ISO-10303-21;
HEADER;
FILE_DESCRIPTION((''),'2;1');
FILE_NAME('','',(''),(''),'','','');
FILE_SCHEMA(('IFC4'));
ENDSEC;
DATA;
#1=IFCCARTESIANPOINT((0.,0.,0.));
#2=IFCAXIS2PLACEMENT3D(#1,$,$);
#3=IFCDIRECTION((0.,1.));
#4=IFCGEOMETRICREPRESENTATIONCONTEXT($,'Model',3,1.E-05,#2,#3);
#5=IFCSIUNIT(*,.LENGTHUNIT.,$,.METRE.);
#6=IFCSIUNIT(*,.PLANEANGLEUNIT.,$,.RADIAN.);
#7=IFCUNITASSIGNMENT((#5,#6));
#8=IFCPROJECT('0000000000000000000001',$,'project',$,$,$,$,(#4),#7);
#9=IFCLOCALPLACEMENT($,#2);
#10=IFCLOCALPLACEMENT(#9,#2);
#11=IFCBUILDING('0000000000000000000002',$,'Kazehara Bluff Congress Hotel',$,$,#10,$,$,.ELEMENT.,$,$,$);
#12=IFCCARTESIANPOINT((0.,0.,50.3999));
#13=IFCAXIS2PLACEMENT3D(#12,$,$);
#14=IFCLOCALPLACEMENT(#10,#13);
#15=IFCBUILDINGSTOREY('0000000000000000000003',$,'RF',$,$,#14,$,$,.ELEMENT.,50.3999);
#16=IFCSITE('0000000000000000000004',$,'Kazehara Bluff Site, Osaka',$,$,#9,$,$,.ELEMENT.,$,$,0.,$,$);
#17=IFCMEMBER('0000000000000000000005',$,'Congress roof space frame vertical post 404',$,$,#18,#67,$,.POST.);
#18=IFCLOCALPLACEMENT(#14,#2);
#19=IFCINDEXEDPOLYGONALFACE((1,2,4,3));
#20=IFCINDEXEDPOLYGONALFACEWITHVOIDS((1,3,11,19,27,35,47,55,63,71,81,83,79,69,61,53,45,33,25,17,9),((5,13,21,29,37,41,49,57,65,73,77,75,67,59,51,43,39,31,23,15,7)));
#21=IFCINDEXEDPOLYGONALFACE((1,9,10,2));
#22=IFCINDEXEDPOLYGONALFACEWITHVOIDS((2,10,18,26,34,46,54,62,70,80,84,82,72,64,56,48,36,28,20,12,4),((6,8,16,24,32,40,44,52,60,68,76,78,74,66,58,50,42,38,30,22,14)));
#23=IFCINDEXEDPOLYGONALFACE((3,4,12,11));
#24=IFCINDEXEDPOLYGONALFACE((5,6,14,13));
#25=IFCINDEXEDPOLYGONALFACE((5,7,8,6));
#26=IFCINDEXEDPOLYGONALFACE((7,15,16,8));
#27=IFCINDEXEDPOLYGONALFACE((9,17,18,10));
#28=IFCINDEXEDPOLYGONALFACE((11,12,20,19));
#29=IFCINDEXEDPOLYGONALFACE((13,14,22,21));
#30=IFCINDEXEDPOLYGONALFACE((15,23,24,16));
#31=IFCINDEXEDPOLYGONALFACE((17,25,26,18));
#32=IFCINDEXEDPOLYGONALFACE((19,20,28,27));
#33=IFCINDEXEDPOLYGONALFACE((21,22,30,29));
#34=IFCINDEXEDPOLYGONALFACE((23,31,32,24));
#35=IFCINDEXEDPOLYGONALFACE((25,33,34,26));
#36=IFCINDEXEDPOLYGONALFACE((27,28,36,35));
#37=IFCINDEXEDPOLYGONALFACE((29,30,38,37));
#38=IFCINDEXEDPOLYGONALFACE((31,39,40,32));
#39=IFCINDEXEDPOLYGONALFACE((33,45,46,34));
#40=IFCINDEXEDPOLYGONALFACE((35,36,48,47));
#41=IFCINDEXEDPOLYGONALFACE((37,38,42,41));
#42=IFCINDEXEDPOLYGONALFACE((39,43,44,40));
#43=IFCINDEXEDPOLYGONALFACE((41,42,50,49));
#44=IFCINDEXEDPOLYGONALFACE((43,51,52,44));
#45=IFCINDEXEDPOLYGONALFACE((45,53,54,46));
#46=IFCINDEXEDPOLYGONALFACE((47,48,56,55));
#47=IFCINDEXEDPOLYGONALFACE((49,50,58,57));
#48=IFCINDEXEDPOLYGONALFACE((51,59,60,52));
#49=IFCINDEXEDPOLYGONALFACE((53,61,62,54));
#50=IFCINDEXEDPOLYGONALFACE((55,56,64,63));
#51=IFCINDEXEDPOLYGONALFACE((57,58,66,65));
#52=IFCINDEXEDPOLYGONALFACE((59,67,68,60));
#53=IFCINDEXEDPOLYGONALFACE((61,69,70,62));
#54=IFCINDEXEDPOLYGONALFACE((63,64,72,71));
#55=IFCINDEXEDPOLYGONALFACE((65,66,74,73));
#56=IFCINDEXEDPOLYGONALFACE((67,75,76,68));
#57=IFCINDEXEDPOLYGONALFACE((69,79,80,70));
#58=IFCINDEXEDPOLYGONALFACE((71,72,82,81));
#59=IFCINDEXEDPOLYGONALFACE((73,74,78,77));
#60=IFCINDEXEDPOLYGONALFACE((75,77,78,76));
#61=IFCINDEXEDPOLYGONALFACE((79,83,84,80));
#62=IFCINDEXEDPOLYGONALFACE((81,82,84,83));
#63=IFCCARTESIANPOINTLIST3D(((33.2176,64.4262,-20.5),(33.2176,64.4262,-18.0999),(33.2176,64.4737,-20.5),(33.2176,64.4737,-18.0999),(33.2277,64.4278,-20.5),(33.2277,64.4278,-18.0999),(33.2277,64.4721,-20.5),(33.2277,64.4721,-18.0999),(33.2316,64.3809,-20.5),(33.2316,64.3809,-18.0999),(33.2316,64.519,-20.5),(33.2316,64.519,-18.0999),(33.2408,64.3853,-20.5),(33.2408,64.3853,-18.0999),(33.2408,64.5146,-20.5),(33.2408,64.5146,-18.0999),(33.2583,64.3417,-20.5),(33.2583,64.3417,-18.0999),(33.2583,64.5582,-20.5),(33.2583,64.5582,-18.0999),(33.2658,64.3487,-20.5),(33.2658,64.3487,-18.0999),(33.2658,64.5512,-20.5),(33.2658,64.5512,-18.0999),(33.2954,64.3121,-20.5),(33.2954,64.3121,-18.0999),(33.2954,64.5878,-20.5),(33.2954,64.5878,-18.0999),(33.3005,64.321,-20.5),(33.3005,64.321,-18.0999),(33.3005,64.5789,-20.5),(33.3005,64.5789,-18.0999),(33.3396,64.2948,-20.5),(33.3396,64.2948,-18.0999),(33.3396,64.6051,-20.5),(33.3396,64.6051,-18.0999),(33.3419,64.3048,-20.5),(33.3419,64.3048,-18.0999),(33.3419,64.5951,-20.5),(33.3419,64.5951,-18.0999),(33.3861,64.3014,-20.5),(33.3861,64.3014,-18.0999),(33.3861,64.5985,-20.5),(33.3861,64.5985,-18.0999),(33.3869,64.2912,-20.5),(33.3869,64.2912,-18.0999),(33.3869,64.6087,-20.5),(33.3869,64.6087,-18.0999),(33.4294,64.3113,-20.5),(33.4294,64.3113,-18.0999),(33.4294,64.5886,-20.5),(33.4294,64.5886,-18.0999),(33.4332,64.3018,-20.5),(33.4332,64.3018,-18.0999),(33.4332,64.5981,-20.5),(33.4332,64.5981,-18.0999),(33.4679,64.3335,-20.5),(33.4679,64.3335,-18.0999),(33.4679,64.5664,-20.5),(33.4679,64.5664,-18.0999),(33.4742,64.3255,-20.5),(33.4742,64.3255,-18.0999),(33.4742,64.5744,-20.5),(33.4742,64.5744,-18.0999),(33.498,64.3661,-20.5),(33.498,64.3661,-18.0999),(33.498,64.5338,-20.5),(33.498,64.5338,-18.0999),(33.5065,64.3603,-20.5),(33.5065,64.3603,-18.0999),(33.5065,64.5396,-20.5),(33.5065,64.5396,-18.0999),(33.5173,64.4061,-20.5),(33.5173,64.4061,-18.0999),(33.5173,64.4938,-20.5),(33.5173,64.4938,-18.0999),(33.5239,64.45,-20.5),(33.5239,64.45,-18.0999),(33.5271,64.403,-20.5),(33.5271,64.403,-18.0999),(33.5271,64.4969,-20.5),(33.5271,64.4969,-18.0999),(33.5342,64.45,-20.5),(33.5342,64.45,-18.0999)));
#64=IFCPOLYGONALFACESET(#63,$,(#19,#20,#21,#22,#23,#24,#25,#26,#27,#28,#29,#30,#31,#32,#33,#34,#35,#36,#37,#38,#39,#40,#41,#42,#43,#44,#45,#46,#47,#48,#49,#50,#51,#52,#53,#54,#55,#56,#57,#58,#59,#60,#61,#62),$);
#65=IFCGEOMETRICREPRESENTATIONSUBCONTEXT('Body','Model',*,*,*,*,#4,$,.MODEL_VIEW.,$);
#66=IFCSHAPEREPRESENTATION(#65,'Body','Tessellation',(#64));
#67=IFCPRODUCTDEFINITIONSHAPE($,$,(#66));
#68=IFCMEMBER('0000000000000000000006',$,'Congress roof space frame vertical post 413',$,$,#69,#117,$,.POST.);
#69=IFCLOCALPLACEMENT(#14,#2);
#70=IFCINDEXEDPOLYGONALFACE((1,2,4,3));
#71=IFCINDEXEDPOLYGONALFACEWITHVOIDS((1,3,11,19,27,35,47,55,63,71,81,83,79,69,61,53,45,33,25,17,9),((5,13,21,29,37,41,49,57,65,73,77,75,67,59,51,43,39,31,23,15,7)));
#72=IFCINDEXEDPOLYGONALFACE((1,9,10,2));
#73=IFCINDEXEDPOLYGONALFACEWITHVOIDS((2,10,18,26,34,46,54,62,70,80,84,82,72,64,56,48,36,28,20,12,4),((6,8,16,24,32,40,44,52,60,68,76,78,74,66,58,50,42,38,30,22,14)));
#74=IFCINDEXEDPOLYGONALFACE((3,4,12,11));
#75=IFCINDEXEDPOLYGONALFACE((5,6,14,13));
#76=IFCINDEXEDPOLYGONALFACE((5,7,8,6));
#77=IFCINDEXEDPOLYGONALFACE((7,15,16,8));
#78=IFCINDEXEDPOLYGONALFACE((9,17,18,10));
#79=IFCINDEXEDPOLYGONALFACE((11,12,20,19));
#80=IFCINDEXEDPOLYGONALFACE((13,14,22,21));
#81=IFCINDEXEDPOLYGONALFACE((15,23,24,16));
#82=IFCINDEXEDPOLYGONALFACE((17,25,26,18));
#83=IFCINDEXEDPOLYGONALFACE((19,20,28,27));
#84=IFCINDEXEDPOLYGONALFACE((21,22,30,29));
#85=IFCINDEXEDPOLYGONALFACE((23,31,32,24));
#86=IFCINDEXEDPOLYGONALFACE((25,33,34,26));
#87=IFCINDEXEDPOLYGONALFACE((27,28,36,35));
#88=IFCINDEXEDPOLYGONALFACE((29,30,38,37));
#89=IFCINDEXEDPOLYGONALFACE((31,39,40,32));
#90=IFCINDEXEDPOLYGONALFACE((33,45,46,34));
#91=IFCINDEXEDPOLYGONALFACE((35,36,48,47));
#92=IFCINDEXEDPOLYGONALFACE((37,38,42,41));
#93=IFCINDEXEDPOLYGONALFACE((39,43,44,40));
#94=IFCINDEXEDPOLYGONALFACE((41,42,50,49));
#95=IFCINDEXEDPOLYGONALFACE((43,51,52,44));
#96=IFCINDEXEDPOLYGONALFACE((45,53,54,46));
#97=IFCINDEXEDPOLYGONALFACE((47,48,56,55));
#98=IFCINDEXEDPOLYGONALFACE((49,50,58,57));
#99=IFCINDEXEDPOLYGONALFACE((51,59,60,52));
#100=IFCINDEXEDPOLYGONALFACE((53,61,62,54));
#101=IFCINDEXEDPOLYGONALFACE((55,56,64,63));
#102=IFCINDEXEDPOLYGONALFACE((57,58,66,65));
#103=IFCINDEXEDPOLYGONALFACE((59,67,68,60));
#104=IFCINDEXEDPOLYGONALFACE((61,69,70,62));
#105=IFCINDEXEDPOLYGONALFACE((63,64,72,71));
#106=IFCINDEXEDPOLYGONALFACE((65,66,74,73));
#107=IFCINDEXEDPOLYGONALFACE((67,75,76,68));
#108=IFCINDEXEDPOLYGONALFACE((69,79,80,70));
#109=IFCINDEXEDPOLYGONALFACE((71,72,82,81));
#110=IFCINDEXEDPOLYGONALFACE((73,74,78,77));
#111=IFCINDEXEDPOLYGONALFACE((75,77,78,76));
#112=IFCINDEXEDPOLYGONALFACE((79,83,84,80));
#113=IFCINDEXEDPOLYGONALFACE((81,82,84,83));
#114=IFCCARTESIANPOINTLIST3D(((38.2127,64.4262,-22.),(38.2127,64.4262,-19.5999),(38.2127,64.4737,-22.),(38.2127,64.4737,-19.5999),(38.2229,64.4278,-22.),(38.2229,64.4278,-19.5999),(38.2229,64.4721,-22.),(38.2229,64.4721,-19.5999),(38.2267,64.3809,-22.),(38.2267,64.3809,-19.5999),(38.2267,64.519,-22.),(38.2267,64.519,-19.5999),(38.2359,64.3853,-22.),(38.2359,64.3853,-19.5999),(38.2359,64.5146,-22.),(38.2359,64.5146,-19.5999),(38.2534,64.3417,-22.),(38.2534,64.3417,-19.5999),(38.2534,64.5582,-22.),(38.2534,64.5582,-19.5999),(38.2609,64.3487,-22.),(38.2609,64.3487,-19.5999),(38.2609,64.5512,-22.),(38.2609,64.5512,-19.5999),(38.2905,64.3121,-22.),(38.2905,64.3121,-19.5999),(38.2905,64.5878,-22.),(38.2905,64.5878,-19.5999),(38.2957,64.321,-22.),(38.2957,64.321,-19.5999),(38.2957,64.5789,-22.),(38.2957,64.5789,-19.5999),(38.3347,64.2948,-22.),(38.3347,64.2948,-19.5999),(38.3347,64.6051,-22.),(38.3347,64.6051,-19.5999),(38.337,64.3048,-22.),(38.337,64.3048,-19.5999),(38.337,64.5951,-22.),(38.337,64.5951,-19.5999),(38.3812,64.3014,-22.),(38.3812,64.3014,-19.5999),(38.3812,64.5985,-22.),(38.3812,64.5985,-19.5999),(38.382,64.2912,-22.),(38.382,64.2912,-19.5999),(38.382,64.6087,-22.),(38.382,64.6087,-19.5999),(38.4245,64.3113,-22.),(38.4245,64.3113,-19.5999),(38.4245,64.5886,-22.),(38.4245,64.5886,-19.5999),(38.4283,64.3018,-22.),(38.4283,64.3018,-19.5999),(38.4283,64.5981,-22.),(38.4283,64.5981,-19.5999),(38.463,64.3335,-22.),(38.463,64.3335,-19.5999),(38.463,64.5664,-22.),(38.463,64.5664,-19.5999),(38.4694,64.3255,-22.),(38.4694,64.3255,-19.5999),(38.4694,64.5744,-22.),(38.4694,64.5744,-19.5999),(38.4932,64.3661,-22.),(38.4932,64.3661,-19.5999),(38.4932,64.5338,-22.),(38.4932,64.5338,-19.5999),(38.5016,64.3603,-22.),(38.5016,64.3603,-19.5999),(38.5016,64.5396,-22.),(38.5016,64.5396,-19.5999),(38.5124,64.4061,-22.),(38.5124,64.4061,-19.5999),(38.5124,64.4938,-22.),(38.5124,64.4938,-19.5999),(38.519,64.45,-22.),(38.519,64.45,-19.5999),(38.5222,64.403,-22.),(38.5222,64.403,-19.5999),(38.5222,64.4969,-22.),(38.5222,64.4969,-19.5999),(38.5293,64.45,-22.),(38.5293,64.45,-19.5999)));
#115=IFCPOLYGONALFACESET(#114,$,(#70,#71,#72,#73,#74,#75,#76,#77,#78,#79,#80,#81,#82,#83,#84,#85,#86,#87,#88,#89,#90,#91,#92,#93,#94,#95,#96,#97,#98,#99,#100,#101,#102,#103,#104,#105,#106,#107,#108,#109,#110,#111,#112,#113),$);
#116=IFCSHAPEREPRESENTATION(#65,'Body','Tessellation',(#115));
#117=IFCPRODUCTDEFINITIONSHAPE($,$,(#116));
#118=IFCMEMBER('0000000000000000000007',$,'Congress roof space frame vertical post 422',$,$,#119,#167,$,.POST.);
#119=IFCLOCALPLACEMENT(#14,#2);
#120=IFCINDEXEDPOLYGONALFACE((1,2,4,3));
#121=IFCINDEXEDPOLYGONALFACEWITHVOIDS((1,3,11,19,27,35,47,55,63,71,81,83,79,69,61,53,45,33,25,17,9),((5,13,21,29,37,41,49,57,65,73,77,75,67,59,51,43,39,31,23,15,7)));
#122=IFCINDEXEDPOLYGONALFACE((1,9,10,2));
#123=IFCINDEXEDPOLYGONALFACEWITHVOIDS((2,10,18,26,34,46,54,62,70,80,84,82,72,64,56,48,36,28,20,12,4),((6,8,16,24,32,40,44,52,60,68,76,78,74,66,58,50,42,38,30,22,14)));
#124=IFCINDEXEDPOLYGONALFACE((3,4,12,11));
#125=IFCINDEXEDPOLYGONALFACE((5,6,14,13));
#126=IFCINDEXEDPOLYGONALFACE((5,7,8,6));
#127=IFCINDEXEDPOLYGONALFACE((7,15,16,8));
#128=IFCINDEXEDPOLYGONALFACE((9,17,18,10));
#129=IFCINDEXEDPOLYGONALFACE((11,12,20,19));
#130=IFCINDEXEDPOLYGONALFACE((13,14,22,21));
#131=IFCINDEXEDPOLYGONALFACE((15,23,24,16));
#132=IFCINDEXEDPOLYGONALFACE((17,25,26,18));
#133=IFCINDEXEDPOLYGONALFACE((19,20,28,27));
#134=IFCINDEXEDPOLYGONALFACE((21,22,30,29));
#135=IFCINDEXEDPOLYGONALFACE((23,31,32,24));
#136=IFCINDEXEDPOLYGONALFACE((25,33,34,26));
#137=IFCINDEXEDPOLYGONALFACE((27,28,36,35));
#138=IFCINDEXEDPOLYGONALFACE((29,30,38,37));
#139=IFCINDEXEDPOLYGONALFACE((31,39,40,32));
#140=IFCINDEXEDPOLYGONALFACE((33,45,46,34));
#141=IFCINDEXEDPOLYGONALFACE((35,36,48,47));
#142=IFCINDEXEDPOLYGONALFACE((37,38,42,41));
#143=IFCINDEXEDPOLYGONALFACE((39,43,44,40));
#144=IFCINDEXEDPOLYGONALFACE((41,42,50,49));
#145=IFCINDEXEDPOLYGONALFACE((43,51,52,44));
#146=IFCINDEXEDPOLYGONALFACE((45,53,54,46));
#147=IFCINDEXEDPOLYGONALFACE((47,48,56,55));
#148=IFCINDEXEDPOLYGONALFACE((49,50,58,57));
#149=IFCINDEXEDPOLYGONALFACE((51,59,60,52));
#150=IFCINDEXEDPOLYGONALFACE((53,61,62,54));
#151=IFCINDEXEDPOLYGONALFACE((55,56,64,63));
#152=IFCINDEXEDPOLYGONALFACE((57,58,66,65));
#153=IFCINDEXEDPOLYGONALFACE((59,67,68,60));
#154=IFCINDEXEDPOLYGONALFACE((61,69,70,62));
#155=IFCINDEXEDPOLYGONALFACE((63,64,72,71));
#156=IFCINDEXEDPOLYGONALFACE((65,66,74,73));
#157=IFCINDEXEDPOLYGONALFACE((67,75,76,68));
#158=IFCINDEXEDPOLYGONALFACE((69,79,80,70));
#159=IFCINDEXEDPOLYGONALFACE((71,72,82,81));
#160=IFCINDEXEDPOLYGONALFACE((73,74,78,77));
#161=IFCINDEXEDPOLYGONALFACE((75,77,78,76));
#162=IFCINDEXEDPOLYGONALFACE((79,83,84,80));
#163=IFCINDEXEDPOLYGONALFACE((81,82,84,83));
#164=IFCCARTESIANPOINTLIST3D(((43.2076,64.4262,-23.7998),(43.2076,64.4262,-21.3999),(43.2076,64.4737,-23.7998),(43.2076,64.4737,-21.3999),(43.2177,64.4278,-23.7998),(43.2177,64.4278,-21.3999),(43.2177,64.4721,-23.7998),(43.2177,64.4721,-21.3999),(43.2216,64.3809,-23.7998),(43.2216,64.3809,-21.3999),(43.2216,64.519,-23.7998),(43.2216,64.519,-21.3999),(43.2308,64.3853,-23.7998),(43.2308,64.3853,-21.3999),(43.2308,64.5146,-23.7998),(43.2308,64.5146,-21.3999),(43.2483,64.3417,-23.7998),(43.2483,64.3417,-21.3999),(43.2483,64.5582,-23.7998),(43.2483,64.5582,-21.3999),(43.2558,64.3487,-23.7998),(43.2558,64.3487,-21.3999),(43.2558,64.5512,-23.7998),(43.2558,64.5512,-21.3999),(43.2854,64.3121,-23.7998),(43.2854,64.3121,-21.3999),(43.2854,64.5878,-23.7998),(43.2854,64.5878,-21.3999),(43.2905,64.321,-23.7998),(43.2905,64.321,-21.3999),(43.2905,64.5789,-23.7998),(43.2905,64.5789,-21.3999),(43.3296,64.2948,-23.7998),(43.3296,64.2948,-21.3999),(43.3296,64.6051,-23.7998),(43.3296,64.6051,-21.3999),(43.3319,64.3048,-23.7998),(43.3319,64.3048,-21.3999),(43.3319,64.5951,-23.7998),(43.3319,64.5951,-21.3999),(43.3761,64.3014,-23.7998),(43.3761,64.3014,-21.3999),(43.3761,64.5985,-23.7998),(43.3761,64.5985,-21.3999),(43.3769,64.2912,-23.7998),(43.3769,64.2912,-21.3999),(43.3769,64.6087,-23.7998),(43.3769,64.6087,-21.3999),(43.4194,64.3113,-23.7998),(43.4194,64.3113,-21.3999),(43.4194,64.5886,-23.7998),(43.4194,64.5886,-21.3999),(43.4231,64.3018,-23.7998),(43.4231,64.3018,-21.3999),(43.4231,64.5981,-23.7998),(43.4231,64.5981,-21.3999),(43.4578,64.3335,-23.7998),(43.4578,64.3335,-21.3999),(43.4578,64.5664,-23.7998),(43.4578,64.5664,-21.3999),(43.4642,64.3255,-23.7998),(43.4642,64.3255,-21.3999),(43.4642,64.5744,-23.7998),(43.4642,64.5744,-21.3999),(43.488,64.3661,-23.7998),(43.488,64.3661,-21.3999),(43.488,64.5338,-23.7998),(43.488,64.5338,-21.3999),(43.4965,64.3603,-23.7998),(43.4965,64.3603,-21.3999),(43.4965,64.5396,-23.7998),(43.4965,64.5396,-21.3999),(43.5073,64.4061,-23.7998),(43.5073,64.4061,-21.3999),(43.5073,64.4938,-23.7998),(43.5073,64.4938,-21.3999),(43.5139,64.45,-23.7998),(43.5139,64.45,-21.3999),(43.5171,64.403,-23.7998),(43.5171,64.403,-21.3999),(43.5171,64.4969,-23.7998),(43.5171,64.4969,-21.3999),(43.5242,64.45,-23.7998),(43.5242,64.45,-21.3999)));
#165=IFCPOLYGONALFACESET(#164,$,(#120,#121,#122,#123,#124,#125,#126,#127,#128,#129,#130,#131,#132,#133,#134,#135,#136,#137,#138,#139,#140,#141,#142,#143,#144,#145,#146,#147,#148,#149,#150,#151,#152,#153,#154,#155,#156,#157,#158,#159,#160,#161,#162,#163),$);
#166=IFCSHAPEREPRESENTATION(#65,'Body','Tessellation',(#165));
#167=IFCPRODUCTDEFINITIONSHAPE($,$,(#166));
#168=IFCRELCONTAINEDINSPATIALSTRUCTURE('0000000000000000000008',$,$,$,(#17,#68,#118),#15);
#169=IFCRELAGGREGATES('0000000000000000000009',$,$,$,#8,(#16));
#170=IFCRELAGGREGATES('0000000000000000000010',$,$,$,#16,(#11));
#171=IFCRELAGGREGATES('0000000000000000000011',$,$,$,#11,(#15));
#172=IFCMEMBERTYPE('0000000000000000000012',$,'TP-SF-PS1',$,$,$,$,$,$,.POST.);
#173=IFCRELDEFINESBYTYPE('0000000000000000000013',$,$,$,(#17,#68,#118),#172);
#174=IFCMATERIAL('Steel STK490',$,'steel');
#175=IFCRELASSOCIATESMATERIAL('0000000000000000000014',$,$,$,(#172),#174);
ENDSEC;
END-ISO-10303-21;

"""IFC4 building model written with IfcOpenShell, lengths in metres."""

from ifc_helpers import new_model, si_unit, direction, frame, origin, origin_2d, place, context, subcontext, project, spatial, hollow_circle, extrude, material, material_profile, profile_set, type_object, element, save


model = new_model("IFC4")

# Units and contexts
model_context = context("Model", 3, precision=1e-05, world=origin(), true_north=direction((0.0, 1.0)))
body_context = subcontext(model_context, "Body", "Model", "MODEL_VIEW")
ifc_project = project(units=[si_unit("LENGTHUNIT", "METRE"), si_unit("PLANEANGLEUNIT", "RADIAN")], contexts=[model_context])

# Site, building, storey
site_placement = place(None, origin())
site = spatial("IfcSite", under=ifc_project, at=site_placement, Name="Kazehara Bluff Site, Osaka", CompositionType="ELEMENT", RefElevation=0.0)
building_placement = place(site_placement, origin())
building = spatial("IfcBuilding", under=site, at=building_placement, Name="Kazehara Bluff Congress Hotel", CompositionType="ELEMENT")
storey_placement = place(building_placement, frame((0.0, 0.0, 50.3999)))
storey = spatial("IfcBuildingStorey", under=building, at=storey_placement, Name="RF", CompositionType="ELEMENT", Elevation=50.3999)

# Members
ifc_material_1 = material(Name="Steel STK490", Category="steel")
ifc_material_profile_1 = material_profile(ifc_material_1, hollow_circle(Radius=0.1592, WallThickness=0.0103, at=origin_2d()))
ifc_profile_set_1 = profile_set([ifc_material_profile_1], Name="Steel STK490")
member_type_1 = type_object("IfcMemberType", Name="TP-SF-PS1", PredefinedType="POST", material=ifc_profile_set_1)
for number, where, z_axis, x_axis, name in (
    (1, (33.375, 64.45, -20.5), (0.0, 0.0, 1.0), (1.0, 0.0, 0.0), "Congress roof space frame vertical post 404"),
    (2, (38.3701, 64.45, -22.0), (0.0, 0.0, 1.0), (1.0, 0.0, 0.0), "Congress roof space frame vertical post 413"),
):
    element("IfcMember", number, at=place(storey_placement, frame(where, z_axis=z_axis, x_axis=x_axis)), inside=storey, type_object=member_type_1, Name=name, PredefinedType="POST", context=body_context, shape_type="SweptSolid", body=[
        extrude(hollow_circle(Radius=0.1592, WallThickness=0.0103, at=origin_2d()), origin(), (0.0, 0.0, 1.0), 2.4001),
    ])
member_1_placement = place(storey_placement, frame((43.365, 64.45, -23.7998), z_axis=(0.0, 0.0, 1.0), x_axis=(1.0, 0.0, 0.0)))
element("IfcMember", 3, at=member_1_placement, inside=storey, type_object=member_type_1, Name="Congress roof space frame vertical post 422", PredefinedType="POST", context=body_context, shape_type="SweptSolid", body=[
    extrude(hollow_circle(Radius=0.1592, WallThickness=0.0103, at=origin_2d()), origin(), (0.0, 0.0, 1.0), 2.3999),
])

save(model, "model.ifc")
